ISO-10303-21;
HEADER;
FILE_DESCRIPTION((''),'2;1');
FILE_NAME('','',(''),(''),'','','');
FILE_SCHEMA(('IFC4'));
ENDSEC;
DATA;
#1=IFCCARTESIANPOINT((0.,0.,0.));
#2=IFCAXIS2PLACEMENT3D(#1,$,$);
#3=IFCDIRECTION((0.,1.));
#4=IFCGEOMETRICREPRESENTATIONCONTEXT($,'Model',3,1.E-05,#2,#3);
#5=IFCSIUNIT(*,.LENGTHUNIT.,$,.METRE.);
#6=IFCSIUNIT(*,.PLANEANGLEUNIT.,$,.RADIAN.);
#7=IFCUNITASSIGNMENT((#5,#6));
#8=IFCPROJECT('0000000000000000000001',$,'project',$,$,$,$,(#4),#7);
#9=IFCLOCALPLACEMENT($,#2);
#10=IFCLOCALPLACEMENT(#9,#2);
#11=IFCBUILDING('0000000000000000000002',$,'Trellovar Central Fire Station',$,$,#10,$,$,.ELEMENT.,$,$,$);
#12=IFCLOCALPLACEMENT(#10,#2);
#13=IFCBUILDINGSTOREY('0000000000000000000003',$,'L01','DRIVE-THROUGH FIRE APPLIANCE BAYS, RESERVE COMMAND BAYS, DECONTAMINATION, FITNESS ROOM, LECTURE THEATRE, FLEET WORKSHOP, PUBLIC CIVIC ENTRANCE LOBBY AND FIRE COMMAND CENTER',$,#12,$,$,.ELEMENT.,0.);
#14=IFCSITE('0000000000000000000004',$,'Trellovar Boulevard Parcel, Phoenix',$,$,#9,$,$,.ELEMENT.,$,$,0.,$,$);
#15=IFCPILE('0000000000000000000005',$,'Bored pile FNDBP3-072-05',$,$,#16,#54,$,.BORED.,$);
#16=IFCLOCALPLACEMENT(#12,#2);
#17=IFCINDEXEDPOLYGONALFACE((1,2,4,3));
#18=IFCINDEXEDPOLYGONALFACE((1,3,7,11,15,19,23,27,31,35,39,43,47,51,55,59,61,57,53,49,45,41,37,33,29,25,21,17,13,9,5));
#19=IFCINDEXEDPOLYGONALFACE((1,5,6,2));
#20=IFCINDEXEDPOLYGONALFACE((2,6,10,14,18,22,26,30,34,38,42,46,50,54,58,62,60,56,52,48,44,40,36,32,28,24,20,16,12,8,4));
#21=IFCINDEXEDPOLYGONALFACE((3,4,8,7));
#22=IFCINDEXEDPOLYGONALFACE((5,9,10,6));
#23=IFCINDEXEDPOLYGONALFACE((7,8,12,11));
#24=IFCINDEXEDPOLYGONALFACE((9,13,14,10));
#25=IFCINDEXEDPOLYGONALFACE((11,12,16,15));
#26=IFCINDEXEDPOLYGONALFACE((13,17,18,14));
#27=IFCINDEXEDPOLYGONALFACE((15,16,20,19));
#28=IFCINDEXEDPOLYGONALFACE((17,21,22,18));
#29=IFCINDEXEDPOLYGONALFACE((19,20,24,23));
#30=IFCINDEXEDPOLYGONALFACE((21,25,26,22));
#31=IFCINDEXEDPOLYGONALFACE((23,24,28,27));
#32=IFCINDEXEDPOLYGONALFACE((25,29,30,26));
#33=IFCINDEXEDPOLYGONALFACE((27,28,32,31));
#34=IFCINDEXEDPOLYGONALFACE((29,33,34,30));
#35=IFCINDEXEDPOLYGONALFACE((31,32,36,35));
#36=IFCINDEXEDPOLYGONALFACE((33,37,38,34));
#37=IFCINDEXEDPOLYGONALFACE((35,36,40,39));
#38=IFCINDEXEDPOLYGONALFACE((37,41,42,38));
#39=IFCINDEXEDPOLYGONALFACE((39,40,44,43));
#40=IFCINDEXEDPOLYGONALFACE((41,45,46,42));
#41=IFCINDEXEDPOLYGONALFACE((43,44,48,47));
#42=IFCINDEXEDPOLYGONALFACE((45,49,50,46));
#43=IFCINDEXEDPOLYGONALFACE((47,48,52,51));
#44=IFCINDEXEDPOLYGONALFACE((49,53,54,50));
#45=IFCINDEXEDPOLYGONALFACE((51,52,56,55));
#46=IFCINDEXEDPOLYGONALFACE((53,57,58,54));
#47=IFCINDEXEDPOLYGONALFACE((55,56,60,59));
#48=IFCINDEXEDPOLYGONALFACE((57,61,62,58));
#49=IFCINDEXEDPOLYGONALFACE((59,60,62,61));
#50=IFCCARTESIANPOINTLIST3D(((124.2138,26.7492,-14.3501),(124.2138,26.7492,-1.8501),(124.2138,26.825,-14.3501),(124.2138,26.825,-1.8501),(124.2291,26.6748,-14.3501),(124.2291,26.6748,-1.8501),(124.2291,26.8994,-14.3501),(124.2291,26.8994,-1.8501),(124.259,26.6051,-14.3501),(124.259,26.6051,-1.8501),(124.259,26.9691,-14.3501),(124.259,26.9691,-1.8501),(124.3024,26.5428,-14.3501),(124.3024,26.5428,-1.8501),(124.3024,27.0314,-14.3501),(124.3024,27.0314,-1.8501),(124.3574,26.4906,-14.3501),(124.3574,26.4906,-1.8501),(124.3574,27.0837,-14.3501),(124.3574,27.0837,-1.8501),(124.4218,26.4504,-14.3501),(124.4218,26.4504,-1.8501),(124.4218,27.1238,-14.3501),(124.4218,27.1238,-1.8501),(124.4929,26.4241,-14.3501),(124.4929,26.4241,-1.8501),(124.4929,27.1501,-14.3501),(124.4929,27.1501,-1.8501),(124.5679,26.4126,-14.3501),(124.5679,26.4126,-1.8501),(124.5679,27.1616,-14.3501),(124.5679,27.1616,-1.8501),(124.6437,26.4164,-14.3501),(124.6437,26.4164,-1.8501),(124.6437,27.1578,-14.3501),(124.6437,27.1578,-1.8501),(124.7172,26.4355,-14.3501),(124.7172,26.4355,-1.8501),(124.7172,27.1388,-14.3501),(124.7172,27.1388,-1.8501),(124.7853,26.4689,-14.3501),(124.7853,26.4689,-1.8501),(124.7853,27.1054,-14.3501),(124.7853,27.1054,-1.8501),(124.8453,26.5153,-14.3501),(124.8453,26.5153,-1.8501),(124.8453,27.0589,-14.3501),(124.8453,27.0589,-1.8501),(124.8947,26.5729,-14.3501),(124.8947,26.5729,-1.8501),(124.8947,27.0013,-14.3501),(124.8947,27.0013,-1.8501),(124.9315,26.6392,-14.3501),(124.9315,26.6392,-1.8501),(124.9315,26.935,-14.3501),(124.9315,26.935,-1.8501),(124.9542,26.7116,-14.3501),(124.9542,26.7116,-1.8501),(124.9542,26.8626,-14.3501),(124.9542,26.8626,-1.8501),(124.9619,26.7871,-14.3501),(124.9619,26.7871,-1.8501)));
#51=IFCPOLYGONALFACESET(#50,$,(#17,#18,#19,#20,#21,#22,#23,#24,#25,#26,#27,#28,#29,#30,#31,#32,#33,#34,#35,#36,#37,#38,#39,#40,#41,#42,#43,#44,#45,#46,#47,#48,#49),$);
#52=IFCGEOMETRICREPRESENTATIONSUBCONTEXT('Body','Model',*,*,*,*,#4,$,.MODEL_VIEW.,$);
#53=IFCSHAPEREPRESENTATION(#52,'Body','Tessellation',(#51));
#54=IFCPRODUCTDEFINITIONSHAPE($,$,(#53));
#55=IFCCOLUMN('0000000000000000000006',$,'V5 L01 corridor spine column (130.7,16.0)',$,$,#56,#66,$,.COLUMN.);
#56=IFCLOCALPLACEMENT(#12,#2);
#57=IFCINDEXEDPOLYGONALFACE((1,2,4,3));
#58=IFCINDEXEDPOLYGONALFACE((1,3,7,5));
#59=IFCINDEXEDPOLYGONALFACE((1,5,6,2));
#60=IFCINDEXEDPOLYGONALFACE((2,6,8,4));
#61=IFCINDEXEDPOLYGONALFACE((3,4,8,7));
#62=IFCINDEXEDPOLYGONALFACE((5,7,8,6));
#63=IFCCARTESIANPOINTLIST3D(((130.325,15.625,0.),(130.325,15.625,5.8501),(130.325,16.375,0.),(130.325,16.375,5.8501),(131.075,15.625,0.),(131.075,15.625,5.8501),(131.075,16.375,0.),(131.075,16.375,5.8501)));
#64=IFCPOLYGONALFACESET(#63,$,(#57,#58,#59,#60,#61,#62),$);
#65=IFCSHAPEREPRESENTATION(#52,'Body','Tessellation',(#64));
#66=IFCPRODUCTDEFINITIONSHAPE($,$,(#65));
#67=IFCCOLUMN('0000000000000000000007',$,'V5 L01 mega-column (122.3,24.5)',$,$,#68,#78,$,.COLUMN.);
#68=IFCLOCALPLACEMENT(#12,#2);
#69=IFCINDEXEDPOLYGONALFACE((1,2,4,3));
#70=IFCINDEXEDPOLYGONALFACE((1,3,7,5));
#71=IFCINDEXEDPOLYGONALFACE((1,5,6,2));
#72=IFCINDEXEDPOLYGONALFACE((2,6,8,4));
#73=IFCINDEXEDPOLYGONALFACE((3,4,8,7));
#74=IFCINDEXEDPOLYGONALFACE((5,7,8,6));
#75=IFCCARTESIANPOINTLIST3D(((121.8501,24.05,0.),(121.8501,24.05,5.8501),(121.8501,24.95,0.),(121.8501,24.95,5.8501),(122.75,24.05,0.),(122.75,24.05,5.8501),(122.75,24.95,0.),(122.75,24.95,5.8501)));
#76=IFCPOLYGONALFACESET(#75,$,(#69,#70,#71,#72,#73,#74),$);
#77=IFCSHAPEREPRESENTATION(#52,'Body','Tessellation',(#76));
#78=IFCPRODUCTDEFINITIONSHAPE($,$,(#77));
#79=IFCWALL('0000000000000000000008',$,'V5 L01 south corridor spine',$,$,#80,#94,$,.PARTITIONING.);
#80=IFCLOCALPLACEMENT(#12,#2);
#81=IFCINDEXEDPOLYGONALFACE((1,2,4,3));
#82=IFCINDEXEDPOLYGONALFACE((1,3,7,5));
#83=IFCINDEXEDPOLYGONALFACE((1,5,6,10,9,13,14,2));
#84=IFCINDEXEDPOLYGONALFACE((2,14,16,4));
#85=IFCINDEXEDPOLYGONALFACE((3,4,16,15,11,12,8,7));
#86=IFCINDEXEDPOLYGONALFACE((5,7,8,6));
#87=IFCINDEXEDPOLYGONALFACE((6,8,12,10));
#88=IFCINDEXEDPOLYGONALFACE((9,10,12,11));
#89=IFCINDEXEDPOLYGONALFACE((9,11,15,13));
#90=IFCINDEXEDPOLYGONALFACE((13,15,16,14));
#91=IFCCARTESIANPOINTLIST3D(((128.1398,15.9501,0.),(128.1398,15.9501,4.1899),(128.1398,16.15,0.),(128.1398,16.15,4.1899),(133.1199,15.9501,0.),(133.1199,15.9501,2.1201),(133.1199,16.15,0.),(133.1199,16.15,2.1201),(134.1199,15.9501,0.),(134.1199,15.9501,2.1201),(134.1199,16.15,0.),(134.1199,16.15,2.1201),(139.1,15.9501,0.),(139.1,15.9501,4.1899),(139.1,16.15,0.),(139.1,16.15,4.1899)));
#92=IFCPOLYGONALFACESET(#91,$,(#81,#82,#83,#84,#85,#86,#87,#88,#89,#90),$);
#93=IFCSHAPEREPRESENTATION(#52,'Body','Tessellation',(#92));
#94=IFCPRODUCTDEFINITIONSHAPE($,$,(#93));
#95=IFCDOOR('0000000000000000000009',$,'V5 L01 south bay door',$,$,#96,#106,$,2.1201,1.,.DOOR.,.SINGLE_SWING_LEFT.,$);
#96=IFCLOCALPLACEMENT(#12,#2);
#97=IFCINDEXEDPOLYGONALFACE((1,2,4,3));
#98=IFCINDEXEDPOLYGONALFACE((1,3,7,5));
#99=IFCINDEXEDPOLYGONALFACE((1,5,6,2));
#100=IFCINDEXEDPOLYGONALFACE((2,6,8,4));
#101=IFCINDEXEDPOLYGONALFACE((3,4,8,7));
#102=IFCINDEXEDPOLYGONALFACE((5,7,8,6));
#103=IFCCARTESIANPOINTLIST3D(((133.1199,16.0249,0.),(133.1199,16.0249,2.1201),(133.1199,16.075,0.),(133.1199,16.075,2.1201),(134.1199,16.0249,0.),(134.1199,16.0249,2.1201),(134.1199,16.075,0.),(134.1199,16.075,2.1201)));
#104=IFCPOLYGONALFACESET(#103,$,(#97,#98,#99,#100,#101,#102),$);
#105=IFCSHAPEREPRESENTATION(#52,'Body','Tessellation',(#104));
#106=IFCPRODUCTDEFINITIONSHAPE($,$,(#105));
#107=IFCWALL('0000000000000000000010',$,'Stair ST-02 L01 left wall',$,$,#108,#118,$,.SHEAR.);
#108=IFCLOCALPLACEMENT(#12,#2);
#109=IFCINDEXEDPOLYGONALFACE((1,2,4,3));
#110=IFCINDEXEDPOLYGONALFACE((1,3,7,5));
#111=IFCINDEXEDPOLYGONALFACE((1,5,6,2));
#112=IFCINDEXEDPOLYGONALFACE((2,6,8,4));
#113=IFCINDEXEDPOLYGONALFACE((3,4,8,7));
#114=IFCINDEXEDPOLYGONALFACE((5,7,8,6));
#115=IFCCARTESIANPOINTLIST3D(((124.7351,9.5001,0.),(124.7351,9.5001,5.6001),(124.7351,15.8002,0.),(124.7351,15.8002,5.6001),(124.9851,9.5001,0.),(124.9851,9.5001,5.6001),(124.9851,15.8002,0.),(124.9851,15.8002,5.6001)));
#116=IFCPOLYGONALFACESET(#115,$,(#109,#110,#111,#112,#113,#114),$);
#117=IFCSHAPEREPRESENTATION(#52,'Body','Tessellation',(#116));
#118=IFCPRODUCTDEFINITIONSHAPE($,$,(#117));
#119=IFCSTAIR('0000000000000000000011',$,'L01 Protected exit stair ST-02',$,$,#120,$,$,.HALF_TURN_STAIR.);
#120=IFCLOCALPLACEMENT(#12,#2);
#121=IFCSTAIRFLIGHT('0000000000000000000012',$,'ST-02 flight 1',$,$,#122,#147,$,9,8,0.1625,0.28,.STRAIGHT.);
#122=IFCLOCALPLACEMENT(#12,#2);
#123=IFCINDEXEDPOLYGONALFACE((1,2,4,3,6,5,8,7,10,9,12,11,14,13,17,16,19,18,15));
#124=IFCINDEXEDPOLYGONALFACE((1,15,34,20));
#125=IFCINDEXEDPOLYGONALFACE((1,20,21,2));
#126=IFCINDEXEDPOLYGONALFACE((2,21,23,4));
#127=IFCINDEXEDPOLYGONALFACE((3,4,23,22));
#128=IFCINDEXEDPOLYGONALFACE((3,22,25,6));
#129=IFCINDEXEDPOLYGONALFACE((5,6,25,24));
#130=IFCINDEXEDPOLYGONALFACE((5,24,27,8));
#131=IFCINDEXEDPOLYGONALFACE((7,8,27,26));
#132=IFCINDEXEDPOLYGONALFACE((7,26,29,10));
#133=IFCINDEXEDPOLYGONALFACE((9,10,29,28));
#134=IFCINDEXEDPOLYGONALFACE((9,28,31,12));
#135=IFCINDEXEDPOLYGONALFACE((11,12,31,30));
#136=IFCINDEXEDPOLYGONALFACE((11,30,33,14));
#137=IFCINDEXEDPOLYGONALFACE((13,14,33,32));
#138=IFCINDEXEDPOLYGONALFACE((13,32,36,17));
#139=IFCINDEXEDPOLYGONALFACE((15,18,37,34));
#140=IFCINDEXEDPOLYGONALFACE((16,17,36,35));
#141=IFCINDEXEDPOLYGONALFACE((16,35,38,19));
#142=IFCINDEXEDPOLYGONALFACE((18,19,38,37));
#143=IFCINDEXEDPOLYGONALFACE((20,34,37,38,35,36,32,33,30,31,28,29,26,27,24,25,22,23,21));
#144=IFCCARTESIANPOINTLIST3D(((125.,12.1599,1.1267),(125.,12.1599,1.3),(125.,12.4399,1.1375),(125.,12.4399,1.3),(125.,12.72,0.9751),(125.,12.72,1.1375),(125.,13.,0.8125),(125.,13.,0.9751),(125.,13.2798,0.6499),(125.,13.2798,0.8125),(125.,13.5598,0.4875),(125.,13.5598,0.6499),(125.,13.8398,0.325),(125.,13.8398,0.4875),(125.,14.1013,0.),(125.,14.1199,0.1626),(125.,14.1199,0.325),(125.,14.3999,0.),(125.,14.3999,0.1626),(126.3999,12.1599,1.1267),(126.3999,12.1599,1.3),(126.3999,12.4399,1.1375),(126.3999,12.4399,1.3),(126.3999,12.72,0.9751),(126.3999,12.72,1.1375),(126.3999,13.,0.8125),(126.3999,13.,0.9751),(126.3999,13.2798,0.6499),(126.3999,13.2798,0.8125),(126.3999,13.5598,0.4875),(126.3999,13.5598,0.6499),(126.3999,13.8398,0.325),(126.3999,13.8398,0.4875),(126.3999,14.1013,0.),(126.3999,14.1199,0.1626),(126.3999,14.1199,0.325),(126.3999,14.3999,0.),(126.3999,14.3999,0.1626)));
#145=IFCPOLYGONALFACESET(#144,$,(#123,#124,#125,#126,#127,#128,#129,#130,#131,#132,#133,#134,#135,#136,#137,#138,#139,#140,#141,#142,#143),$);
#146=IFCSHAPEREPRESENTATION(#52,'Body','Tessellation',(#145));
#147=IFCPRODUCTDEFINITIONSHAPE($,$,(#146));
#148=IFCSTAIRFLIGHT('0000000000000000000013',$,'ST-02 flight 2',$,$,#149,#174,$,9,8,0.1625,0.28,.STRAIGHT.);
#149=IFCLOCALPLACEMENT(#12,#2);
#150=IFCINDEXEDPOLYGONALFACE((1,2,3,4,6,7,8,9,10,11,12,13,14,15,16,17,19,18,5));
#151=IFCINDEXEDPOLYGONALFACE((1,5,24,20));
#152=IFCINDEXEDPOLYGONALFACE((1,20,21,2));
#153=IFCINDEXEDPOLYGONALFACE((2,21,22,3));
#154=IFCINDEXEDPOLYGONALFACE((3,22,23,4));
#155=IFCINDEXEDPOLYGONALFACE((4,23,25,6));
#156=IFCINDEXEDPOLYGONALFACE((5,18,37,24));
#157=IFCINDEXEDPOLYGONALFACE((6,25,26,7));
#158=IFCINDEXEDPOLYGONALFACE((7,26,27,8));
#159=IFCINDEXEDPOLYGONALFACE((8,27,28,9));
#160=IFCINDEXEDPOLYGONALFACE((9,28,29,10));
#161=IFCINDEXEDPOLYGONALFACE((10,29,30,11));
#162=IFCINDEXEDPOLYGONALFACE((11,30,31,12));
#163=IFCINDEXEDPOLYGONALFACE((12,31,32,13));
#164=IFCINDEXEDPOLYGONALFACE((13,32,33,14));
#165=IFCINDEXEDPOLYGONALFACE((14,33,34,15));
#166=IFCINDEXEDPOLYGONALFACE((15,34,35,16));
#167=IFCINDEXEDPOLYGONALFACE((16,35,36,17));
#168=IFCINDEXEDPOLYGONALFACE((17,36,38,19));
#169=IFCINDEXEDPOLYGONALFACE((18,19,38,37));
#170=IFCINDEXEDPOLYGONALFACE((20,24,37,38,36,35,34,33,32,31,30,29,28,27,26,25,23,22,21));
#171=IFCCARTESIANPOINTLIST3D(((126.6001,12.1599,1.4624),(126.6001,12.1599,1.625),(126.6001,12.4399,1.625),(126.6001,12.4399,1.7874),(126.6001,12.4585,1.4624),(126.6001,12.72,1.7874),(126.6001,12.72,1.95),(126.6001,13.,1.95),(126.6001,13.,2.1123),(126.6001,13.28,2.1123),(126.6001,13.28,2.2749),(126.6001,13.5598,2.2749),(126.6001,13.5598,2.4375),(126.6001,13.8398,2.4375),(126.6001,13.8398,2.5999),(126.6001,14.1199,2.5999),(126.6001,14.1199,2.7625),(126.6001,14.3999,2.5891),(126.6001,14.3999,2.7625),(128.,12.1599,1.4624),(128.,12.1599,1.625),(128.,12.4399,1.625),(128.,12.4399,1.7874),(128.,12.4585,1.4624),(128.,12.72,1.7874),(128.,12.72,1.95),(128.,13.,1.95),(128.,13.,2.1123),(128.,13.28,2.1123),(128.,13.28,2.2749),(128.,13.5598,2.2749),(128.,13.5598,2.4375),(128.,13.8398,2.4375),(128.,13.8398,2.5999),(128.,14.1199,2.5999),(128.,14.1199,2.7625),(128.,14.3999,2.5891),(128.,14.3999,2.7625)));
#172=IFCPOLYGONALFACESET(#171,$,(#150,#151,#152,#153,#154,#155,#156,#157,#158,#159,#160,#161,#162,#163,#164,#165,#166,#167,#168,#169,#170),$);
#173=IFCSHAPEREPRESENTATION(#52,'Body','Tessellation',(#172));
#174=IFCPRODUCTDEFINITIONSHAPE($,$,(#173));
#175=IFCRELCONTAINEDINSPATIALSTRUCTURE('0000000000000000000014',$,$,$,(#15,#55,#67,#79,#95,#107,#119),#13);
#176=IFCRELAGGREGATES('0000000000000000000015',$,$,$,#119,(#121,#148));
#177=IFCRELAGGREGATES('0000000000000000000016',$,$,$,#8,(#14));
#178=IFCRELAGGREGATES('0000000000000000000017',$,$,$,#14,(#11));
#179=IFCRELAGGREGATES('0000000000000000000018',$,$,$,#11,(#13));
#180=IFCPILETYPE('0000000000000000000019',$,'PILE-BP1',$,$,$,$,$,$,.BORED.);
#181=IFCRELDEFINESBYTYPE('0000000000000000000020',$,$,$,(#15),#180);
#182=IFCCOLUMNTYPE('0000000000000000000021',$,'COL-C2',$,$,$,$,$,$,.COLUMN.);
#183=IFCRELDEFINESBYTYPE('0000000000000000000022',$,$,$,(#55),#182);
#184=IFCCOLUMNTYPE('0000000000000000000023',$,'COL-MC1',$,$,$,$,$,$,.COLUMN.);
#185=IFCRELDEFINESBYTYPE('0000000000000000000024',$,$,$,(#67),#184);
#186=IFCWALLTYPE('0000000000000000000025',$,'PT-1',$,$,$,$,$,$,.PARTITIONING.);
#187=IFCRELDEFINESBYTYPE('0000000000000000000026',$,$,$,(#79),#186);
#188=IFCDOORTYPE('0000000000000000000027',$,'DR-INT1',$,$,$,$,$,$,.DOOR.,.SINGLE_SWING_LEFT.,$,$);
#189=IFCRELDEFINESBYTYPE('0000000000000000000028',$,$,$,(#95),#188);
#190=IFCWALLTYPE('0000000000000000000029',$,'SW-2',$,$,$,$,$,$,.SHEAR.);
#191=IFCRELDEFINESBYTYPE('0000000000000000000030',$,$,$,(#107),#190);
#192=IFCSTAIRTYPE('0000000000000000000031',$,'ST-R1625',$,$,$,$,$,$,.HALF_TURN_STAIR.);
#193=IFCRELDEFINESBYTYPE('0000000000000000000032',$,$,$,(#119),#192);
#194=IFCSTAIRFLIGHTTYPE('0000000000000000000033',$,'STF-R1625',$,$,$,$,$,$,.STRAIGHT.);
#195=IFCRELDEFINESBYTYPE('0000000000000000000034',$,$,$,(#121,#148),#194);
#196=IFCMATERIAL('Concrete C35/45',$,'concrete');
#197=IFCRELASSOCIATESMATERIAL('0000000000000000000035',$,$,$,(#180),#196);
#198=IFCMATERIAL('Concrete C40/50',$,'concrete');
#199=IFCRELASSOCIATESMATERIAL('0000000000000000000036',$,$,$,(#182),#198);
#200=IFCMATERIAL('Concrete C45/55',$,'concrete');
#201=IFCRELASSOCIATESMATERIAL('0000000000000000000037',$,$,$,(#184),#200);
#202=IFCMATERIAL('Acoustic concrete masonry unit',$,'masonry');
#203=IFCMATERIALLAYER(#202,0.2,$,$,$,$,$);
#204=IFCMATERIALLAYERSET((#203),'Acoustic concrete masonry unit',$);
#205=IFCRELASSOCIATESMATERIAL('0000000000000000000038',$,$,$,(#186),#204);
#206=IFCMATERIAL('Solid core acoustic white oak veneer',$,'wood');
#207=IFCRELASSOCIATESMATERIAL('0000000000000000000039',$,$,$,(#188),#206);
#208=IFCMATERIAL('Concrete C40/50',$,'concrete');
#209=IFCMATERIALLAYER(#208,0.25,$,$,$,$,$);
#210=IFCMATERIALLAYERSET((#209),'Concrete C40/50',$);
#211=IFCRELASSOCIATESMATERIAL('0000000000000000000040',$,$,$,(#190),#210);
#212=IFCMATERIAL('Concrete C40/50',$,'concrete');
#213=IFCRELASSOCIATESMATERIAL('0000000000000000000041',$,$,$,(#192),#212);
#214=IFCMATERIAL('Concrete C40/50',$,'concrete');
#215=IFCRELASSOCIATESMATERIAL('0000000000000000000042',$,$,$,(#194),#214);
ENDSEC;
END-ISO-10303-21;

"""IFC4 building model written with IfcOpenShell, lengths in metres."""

from ifc_helpers import new_model, si_unit, direction, frame, frame_2d, origin, origin_2d, place, context, subcontext, project, spatial, polyline, rectangle, circle, outline, extrude, material, layer, layer_set, material_profile, profile_set, type_object, element, fill, aggregate, save


model = new_model("IFC4")

# Units and contexts
model_context = context("Model", 3, precision=1e-05, world=origin(), true_north=direction((0.0, 1.0)))
body_context = subcontext(model_context, "Body", "Model", "MODEL_VIEW")
ifc_project = project(units=[si_unit("LENGTHUNIT", "METRE"), si_unit("PLANEANGLEUNIT", "RADIAN")], contexts=[model_context])

# Site, building, storey
site_placement = place(None, origin())
site = spatial("IfcSite", under=ifc_project, at=site_placement, Name="Trellovar Boulevard Parcel, Phoenix", CompositionType="ELEMENT", RefElevation=0.0)
building_placement = place(site_placement, origin())
building = spatial("IfcBuilding", under=site, at=building_placement, Name="Trellovar Central Fire Station", CompositionType="ELEMENT")
storey_placement = place(building_placement, origin())
storey = spatial("IfcBuildingStorey", under=building, at=storey_placement, Name="L01", Description="DRIVE-THROUGH FIRE APPLIANCE BAYS, RESERVE COMMAND BAYS, DECONTAMINATION, FITNESS ROOM, LECTURE THEATRE, FLEET WORKSHOP, PUBLIC CIVIC ENTRANCE LOBBY AND FIRE COMMAND CENTER", CompositionType="ELEMENT", Elevation=0.0)

# Pile
ifc_material_1 = material(Name="Concrete C35/45", Category="concrete")
ifc_material_profile_1 = material_profile(ifc_material_1, circle(Radius=0.375, at=origin_2d()), Name="PILE750")
ifc_profile_set_1 = profile_set([ifc_material_profile_1], Name="Concrete C35/45")
pile_type = type_object("IfcPileType", Name="PILE-BP1", PredefinedType="BORED", material=ifc_profile_set_1)
for number, where, z_axis, x_axis, name in (
    (1, (124.5869, 26.7871, -1.8501), (0.0, 0.0, -1.0), (1.0, 0.0, 0.0), "Bored pile FNDBP3-072-05"),
):
    element("IfcPile", number, at=place(storey_placement, frame(where, z_axis=z_axis, x_axis=x_axis)), inside=storey, type_object=pile_type, Name=name, PredefinedType="BORED", context=body_context, shape_type="SweptSolid", body=[
        extrude(circle(Radius=0.375, at=origin_2d()), origin(), (0.0, 0.0, 1.0), 12.5),
    ])

# Columns
ifc_material_2 = material(Name="Concrete C40/50", Category="concrete")
ifc_material_profile_2 = material_profile(ifc_material_2, rectangle(XDim=0.75, YDim=0.75, at=origin_2d()), Name="RC750X750")
ifc_profile_set_2 = profile_set([ifc_material_profile_2], Name="Concrete C40/50")
column_type_1 = type_object("IfcColumnType", Name="COL-C2", PredefinedType="COLUMN", material=ifc_profile_set_2)
column_1_placement = place(storey_placement, frame((130.7, 16.0, 0.0), z_axis=(0.0, 0.0, 1.0), x_axis=(1.0, 0.0, 0.0)))
element("IfcColumn", 2, at=column_1_placement, inside=storey, type_object=column_type_1, Name="V5 L01 corridor spine column (130.7,16.0)", PredefinedType="COLUMN", context=body_context, shape_type="SweptSolid", body=[
    extrude(rectangle(XDim=0.75, YDim=0.75, at=origin_2d()), origin(), (0.0, 0.0, 1.0), 5.8501),
])
ifc_material_3 = material(Name="Concrete C45/55", Category="concrete")
ifc_material_profile_3 = material_profile(ifc_material_3, rectangle(XDim=0.8999, YDim=0.8999, at=origin_2d()), Name="RC900X900")
ifc_profile_set_3 = profile_set([ifc_material_profile_3], Name="Concrete C45/55")
column_type_2 = type_object("IfcColumnType", Name="COL-MC1", PredefinedType="COLUMN", material=ifc_profile_set_3)
column_2_placement = place(storey_placement, frame((122.3, 24.5, 0.0), z_axis=(0.0, 0.0, 1.0), x_axis=(1.0, 0.0, 0.0)))
element("IfcColumn", 3, at=column_2_placement, inside=storey, type_object=column_type_2, Name="V5 L01 mega-column (122.3,24.5)", PredefinedType="COLUMN", context=body_context, shape_type="SweptSolid", body=[
    extrude(rectangle(XDim=0.8999, YDim=0.8999, at=origin_2d()), origin(), (0.0, 0.0, 1.0), 5.8501),
])

# Wall, opening, door
ifc_material_4 = material(Name="Acoustic concrete masonry unit", Category="masonry")
ifc_layer_1 = layer(ifc_material_4, 0.2)
ifc_layer_set_1 = layer_set([ifc_layer_1], Name="Acoustic concrete masonry unit")
wall_type_1 = type_object("IfcWallType", Name="PT-1", PredefinedType="PARTITIONING", material=ifc_layer_set_1)
wall_1_placement = place(storey_placement, frame((128.1399, 16.05, 0.0), z_axis=(0.0, 0.0, 1.0), x_axis=(1.0, 0.0, 0.0)))
wall_1 = element("IfcWall", 4, at=wall_1_placement, inside=storey, type_object=wall_type_1, Name="V5 L01 south corridor spine", PredefinedType="PARTITIONING", context=body_context, shape_type="SweptSolid", body=[
    extrude(rectangle(XDim=10.9602, YDim=0.2, at=frame_2d((5.48, 0.0))), origin(), (0.0, 0.0, 1.0), 4.1899),
])
opening_1_placement = place(wall_1_placement, frame((4.98, 0.0, 0.0)))
opening_1 = element("IfcOpeningElement", 5, at=opening_1_placement, cuts=wall_1, PredefinedType="OPENING", context=body_context, shape_type="SweptSolid", body=[
    extrude(rectangle(XDim=1.0, YDim=2.1201, at=frame_2d((0.5, 1.0601))), frame((0.0, 0.1099, 0.0), z_axis=(0.0, -1.0, 0.0), x_axis=(1.0, 0.0, 0.0)), (0.0, 0.0, 1.0), 0.22),
])
ifc_material_5 = material(Name="Solid core acoustic white oak veneer", Category="wood")
door_type_1 = type_object("IfcDoorType", Name="DR-INT1", OperationType="SINGLE_SWING_LEFT", PredefinedType="DOOR", material=ifc_material_5)
door_1_placement = place(opening_1_placement, origin())
door_1 = element("IfcDoor", 6, at=door_1_placement, inside=storey, type_object=door_type_1, Name="V5 L01 south bay door", OperationType="SINGLE_SWING_LEFT", OverallHeight=2.1201, OverallWidth=1.0, PredefinedType="DOOR", context=body_context, shape_type="SweptSolid", body=[
    extrude(rectangle(XDim=1.0, YDim=2.1201, at=frame_2d((0.5, 1.0601))), frame((0.0, 0.0249, 0.0), z_axis=(0.0, -1.0, 0.0), x_axis=(1.0, 0.0, 0.0)), (0.0, 0.0, 1.0), 0.05),
])
fill(opening_1, door_1)

# Wall
ifc_material_6 = material(Name="Concrete C40/50", Category="concrete")
ifc_layer_2 = layer(ifc_material_6, 0.25)
ifc_layer_set_2 = layer_set([ifc_layer_2], Name="Concrete C40/50")
wall_type_2 = type_object("IfcWallType", Name="SW-2", PredefinedType="SHEAR", material=ifc_layer_set_2)
wall_2_placement = place(storey_placement, frame((124.8601, 15.8, 0.0), z_axis=(0.0, 0.0, 1.0), x_axis=(0.0, -1.0, 0.0)))
element("IfcWall", 7, at=wall_2_placement, inside=storey, type_object=wall_type_2, Name="Stair ST-02 L01 left wall", PredefinedType="SHEAR", context=body_context, shape_type="SweptSolid", body=[
    extrude(rectangle(XDim=6.3, YDim=0.25, at=frame_2d((3.1499, 0.0))), origin(), (0.0, 0.0, 1.0), 5.6001),
])

# Stair, stair flights
ifc_material_7 = material(Name="Concrete C40/50", Category="concrete")
stair_type = type_object("IfcStairType", Name="ST-R1625", PredefinedType="HALF_TURN_STAIR", material=ifc_material_7)
stair_placement = place(storey_placement, origin())
stair = element("IfcStair", 8, at=stair_placement, inside=storey, type_object=stair_type, Name="L01 Protected exit stair ST-02", PredefinedType="HALF_TURN_STAIR")
ifc_material_8 = material(Name="Concrete C40/50", Category="concrete")
stair_flight_type = type_object("IfcStairFlightType", Name="STF-R1625", PredefinedType="STRAIGHT", material=ifc_material_8)
stair_flight_1_placement = place(storey_placement, frame((125.7, 14.3999, 0.0), z_axis=(0.0, 0.0, 1.0), x_axis=(0.0, -1.0, 0.0)))
stair_flight_1 = element("IfcStairFlight", 9, at=stair_flight_1_placement, type_object=stair_flight_type, Name="ST-02 flight 1", NumberOfRisers=9, NumberOfTreads=8, PredefinedType="STRAIGHT", RiserHeight=0.1625, TreadLength=0.28, context=body_context, shape_type="SweptSolid", body=[
    extrude(outline(polyline([(0.0, 0.0), (0.0, 0.1626), (0.28, 0.1626), (0.28, 0.325), (0.5601, 0.325), (0.5601, 0.4875), (0.8401, 0.4875), (0.8401, 0.6499), (1.1201, 0.6499), (1.1201, 0.8125), (1.3999, 0.8125), (1.3999, 0.9751), (1.6799, 0.9751), (1.6799, 1.1375), (1.96, 1.1375), (1.96, 1.3), (2.24, 1.3), (2.24, 1.4624), (2.24, 1.1267), (0.2986, 0.0), (0.0, 0.0)])), frame((0.0, 0.7, 0.0), z_axis=(0.0, -1.0, 0.0), x_axis=(1.0, 0.0, 0.0)), (0.0, 0.0, 1.0), 1.3999),
])
stair_flight_2_placement = place(storey_placement, frame((127.3, 12.1599, 1.4624), z_axis=(0.0, 0.0, 1.0), x_axis=(0.0, 1.0, 0.0)))
stair_flight_2 = element("IfcStairFlight", 10, at=stair_flight_2_placement, type_object=stair_flight_type, Name="ST-02 flight 2", NumberOfRisers=9, NumberOfTreads=8, PredefinedType="STRAIGHT", RiserHeight=0.1625, TreadLength=0.28, context=body_context, shape_type="SweptSolid", body=[
    extrude(outline(polyline([(0.0, 0.0), (0.0, 0.1626), (0.28, 0.1626), (0.28, 0.325), (0.5601, 0.325), (0.5601, 0.4875), (0.8401, 0.4875), (0.8401, 0.6499), (1.1201, 0.6499), (1.1201, 0.8125), (1.3999, 0.8125), (1.3999, 0.9751), (1.6799, 0.9751), (1.6799, 1.1375), (1.96, 1.1375), (1.96, 1.3), (2.24, 1.3), (2.24, 1.4624), (2.24, 1.1267), (0.2986, 0.0), (0.0, 0.0)])), frame((0.0, 0.7, 0.0), z_axis=(0.0, -1.0, 0.0), x_axis=(1.0, 0.0, 0.0)), (0.0, 0.0, 1.0), 1.3999),
])
aggregate(stair, [stair_flight_1, stair_flight_2])

save(model, "model.ifc")
